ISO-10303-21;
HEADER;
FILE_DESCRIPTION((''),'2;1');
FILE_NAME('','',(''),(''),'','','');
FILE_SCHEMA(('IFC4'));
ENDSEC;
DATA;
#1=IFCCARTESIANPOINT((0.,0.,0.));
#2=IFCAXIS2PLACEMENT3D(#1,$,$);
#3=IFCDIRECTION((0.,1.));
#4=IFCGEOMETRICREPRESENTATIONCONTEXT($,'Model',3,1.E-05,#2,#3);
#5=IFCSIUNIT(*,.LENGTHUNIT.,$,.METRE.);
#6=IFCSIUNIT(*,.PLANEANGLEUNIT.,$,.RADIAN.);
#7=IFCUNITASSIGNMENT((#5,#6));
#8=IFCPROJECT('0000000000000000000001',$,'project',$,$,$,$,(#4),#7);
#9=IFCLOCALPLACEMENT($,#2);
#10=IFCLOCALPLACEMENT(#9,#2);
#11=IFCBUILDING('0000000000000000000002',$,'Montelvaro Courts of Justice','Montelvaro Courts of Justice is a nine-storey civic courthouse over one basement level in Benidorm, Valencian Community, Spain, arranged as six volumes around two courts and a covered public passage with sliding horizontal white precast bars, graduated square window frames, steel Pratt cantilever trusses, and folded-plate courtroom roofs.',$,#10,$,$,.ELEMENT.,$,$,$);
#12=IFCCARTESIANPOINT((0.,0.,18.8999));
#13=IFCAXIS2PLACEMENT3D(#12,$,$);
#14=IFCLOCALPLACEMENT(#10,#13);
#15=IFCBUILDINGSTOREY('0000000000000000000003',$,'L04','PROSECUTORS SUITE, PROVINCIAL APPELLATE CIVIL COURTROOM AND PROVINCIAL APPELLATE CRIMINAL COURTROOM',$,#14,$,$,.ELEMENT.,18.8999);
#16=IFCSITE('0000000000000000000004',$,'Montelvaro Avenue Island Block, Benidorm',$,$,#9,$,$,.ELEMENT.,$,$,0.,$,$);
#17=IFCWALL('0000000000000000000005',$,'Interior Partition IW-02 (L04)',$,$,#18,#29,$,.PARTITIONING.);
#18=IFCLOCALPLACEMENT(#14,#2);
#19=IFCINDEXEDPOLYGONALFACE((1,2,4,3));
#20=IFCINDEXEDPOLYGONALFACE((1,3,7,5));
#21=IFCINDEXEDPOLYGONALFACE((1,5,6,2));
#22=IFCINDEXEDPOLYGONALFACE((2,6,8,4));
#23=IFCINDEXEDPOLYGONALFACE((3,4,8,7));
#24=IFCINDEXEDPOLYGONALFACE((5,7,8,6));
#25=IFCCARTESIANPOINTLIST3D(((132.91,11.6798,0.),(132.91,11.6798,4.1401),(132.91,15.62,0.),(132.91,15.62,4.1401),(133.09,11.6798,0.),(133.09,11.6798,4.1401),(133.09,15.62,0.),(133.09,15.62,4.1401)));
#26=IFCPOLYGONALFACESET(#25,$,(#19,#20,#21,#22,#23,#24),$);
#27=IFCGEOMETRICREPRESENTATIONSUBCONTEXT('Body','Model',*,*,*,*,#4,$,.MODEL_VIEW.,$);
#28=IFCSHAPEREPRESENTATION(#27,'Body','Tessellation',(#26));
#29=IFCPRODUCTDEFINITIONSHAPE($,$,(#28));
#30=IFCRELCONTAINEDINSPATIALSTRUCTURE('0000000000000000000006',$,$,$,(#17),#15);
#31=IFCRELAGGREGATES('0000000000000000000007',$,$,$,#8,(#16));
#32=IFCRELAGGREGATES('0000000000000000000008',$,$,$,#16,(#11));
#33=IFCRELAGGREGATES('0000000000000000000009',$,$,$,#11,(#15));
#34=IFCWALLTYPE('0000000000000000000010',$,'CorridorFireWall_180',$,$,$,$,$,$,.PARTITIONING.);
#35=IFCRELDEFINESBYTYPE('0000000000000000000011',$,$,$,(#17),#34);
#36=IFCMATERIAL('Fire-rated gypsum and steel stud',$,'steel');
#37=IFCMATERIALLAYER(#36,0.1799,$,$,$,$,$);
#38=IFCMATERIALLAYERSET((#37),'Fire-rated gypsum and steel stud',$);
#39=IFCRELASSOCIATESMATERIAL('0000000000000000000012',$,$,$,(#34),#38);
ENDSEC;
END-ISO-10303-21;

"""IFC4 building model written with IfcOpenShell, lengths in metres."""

from ifc_helpers import new_model, si_unit, direction, frame, frame_2d, origin, place, context, subcontext, project, spatial, rectangle, extrude, material, layer, layer_set, type_object, element, save


model = new_model("IFC4")

# Units and contexts
model_context = context("Model", 3, precision=1e-05, world=origin(), true_north=direction((0.0, 1.0)))
body_context = subcontext(model_context, "Body", "Model", "MODEL_VIEW")
ifc_project = project(units=[si_unit("LENGTHUNIT", "METRE"), si_unit("PLANEANGLEUNIT", "RADIAN")], contexts=[model_context])

# Site, building, storey
site_placement = place(None, origin())
site = spatial("IfcSite", under=ifc_project, at=site_placement, Name="Montelvaro Avenue Island Block, Benidorm", CompositionType="ELEMENT", RefElevation=0.0)
building_placement = place(site_placement, origin())
building = spatial("IfcBuilding", under=site, at=building_placement, Name="Montelvaro Courts of Justice", Description="Montelvaro Courts of Justice is a nine-storey civic courthouse over one basement level in Benidorm, Valencian Community, Spain, arranged as six volumes around two courts and a covered public passage with sliding horizontal white precast bars, graduated square window frames, steel Pratt cantilever trusses, and folded-plate courtroom roofs.", CompositionType="ELEMENT")
storey_placement = place(building_placement, frame((0.0, 0.0, 18.8999)))
storey = spatial("IfcBuildingStorey", under=building, at=storey_placement, Name="L04", Description="PROSECUTORS SUITE, PROVINCIAL APPELLATE CIVIL COURTROOM AND PROVINCIAL APPELLATE CRIMINAL COURTROOM", CompositionType="ELEMENT", Elevation=18.8999)

# Shared definitions
ifc_material_1 = material(Name="Fire-rated gypsum and steel stud", Category="steel")
ifc_layer_1 = layer(ifc_material_1, 0.1799)
ifc_layer_set_1 = layer_set([ifc_layer_1], Name="Fire-rated gypsum and steel stud")
wall_type_1 = type_object("IfcWallType", Name="CorridorFireWall_180", PredefinedType="PARTITIONING", material=ifc_layer_set_1)

# Wall
wall_1_placement = place(storey_placement, frame((133.0, 15.6201, 0.0), z_axis=(0.0, 0.0, 1.0), x_axis=(0.0, -1.0, 0.0)))
element("IfcWall", 1, at=wall_1_placement, inside=storey, type_object=wall_type_1, Name="Interior Partition IW-02 (L04)", PredefinedType="PARTITIONING", context=body_context, shape_type="SweptSolid", body=[
    extrude(rectangle(XDim=3.9402, YDim=0.1799, at=frame_2d((1.9702, 0.0))), origin(), (0.0, 0.0, 1.0), 4.1401),
])

save(model, "model.ifc")
